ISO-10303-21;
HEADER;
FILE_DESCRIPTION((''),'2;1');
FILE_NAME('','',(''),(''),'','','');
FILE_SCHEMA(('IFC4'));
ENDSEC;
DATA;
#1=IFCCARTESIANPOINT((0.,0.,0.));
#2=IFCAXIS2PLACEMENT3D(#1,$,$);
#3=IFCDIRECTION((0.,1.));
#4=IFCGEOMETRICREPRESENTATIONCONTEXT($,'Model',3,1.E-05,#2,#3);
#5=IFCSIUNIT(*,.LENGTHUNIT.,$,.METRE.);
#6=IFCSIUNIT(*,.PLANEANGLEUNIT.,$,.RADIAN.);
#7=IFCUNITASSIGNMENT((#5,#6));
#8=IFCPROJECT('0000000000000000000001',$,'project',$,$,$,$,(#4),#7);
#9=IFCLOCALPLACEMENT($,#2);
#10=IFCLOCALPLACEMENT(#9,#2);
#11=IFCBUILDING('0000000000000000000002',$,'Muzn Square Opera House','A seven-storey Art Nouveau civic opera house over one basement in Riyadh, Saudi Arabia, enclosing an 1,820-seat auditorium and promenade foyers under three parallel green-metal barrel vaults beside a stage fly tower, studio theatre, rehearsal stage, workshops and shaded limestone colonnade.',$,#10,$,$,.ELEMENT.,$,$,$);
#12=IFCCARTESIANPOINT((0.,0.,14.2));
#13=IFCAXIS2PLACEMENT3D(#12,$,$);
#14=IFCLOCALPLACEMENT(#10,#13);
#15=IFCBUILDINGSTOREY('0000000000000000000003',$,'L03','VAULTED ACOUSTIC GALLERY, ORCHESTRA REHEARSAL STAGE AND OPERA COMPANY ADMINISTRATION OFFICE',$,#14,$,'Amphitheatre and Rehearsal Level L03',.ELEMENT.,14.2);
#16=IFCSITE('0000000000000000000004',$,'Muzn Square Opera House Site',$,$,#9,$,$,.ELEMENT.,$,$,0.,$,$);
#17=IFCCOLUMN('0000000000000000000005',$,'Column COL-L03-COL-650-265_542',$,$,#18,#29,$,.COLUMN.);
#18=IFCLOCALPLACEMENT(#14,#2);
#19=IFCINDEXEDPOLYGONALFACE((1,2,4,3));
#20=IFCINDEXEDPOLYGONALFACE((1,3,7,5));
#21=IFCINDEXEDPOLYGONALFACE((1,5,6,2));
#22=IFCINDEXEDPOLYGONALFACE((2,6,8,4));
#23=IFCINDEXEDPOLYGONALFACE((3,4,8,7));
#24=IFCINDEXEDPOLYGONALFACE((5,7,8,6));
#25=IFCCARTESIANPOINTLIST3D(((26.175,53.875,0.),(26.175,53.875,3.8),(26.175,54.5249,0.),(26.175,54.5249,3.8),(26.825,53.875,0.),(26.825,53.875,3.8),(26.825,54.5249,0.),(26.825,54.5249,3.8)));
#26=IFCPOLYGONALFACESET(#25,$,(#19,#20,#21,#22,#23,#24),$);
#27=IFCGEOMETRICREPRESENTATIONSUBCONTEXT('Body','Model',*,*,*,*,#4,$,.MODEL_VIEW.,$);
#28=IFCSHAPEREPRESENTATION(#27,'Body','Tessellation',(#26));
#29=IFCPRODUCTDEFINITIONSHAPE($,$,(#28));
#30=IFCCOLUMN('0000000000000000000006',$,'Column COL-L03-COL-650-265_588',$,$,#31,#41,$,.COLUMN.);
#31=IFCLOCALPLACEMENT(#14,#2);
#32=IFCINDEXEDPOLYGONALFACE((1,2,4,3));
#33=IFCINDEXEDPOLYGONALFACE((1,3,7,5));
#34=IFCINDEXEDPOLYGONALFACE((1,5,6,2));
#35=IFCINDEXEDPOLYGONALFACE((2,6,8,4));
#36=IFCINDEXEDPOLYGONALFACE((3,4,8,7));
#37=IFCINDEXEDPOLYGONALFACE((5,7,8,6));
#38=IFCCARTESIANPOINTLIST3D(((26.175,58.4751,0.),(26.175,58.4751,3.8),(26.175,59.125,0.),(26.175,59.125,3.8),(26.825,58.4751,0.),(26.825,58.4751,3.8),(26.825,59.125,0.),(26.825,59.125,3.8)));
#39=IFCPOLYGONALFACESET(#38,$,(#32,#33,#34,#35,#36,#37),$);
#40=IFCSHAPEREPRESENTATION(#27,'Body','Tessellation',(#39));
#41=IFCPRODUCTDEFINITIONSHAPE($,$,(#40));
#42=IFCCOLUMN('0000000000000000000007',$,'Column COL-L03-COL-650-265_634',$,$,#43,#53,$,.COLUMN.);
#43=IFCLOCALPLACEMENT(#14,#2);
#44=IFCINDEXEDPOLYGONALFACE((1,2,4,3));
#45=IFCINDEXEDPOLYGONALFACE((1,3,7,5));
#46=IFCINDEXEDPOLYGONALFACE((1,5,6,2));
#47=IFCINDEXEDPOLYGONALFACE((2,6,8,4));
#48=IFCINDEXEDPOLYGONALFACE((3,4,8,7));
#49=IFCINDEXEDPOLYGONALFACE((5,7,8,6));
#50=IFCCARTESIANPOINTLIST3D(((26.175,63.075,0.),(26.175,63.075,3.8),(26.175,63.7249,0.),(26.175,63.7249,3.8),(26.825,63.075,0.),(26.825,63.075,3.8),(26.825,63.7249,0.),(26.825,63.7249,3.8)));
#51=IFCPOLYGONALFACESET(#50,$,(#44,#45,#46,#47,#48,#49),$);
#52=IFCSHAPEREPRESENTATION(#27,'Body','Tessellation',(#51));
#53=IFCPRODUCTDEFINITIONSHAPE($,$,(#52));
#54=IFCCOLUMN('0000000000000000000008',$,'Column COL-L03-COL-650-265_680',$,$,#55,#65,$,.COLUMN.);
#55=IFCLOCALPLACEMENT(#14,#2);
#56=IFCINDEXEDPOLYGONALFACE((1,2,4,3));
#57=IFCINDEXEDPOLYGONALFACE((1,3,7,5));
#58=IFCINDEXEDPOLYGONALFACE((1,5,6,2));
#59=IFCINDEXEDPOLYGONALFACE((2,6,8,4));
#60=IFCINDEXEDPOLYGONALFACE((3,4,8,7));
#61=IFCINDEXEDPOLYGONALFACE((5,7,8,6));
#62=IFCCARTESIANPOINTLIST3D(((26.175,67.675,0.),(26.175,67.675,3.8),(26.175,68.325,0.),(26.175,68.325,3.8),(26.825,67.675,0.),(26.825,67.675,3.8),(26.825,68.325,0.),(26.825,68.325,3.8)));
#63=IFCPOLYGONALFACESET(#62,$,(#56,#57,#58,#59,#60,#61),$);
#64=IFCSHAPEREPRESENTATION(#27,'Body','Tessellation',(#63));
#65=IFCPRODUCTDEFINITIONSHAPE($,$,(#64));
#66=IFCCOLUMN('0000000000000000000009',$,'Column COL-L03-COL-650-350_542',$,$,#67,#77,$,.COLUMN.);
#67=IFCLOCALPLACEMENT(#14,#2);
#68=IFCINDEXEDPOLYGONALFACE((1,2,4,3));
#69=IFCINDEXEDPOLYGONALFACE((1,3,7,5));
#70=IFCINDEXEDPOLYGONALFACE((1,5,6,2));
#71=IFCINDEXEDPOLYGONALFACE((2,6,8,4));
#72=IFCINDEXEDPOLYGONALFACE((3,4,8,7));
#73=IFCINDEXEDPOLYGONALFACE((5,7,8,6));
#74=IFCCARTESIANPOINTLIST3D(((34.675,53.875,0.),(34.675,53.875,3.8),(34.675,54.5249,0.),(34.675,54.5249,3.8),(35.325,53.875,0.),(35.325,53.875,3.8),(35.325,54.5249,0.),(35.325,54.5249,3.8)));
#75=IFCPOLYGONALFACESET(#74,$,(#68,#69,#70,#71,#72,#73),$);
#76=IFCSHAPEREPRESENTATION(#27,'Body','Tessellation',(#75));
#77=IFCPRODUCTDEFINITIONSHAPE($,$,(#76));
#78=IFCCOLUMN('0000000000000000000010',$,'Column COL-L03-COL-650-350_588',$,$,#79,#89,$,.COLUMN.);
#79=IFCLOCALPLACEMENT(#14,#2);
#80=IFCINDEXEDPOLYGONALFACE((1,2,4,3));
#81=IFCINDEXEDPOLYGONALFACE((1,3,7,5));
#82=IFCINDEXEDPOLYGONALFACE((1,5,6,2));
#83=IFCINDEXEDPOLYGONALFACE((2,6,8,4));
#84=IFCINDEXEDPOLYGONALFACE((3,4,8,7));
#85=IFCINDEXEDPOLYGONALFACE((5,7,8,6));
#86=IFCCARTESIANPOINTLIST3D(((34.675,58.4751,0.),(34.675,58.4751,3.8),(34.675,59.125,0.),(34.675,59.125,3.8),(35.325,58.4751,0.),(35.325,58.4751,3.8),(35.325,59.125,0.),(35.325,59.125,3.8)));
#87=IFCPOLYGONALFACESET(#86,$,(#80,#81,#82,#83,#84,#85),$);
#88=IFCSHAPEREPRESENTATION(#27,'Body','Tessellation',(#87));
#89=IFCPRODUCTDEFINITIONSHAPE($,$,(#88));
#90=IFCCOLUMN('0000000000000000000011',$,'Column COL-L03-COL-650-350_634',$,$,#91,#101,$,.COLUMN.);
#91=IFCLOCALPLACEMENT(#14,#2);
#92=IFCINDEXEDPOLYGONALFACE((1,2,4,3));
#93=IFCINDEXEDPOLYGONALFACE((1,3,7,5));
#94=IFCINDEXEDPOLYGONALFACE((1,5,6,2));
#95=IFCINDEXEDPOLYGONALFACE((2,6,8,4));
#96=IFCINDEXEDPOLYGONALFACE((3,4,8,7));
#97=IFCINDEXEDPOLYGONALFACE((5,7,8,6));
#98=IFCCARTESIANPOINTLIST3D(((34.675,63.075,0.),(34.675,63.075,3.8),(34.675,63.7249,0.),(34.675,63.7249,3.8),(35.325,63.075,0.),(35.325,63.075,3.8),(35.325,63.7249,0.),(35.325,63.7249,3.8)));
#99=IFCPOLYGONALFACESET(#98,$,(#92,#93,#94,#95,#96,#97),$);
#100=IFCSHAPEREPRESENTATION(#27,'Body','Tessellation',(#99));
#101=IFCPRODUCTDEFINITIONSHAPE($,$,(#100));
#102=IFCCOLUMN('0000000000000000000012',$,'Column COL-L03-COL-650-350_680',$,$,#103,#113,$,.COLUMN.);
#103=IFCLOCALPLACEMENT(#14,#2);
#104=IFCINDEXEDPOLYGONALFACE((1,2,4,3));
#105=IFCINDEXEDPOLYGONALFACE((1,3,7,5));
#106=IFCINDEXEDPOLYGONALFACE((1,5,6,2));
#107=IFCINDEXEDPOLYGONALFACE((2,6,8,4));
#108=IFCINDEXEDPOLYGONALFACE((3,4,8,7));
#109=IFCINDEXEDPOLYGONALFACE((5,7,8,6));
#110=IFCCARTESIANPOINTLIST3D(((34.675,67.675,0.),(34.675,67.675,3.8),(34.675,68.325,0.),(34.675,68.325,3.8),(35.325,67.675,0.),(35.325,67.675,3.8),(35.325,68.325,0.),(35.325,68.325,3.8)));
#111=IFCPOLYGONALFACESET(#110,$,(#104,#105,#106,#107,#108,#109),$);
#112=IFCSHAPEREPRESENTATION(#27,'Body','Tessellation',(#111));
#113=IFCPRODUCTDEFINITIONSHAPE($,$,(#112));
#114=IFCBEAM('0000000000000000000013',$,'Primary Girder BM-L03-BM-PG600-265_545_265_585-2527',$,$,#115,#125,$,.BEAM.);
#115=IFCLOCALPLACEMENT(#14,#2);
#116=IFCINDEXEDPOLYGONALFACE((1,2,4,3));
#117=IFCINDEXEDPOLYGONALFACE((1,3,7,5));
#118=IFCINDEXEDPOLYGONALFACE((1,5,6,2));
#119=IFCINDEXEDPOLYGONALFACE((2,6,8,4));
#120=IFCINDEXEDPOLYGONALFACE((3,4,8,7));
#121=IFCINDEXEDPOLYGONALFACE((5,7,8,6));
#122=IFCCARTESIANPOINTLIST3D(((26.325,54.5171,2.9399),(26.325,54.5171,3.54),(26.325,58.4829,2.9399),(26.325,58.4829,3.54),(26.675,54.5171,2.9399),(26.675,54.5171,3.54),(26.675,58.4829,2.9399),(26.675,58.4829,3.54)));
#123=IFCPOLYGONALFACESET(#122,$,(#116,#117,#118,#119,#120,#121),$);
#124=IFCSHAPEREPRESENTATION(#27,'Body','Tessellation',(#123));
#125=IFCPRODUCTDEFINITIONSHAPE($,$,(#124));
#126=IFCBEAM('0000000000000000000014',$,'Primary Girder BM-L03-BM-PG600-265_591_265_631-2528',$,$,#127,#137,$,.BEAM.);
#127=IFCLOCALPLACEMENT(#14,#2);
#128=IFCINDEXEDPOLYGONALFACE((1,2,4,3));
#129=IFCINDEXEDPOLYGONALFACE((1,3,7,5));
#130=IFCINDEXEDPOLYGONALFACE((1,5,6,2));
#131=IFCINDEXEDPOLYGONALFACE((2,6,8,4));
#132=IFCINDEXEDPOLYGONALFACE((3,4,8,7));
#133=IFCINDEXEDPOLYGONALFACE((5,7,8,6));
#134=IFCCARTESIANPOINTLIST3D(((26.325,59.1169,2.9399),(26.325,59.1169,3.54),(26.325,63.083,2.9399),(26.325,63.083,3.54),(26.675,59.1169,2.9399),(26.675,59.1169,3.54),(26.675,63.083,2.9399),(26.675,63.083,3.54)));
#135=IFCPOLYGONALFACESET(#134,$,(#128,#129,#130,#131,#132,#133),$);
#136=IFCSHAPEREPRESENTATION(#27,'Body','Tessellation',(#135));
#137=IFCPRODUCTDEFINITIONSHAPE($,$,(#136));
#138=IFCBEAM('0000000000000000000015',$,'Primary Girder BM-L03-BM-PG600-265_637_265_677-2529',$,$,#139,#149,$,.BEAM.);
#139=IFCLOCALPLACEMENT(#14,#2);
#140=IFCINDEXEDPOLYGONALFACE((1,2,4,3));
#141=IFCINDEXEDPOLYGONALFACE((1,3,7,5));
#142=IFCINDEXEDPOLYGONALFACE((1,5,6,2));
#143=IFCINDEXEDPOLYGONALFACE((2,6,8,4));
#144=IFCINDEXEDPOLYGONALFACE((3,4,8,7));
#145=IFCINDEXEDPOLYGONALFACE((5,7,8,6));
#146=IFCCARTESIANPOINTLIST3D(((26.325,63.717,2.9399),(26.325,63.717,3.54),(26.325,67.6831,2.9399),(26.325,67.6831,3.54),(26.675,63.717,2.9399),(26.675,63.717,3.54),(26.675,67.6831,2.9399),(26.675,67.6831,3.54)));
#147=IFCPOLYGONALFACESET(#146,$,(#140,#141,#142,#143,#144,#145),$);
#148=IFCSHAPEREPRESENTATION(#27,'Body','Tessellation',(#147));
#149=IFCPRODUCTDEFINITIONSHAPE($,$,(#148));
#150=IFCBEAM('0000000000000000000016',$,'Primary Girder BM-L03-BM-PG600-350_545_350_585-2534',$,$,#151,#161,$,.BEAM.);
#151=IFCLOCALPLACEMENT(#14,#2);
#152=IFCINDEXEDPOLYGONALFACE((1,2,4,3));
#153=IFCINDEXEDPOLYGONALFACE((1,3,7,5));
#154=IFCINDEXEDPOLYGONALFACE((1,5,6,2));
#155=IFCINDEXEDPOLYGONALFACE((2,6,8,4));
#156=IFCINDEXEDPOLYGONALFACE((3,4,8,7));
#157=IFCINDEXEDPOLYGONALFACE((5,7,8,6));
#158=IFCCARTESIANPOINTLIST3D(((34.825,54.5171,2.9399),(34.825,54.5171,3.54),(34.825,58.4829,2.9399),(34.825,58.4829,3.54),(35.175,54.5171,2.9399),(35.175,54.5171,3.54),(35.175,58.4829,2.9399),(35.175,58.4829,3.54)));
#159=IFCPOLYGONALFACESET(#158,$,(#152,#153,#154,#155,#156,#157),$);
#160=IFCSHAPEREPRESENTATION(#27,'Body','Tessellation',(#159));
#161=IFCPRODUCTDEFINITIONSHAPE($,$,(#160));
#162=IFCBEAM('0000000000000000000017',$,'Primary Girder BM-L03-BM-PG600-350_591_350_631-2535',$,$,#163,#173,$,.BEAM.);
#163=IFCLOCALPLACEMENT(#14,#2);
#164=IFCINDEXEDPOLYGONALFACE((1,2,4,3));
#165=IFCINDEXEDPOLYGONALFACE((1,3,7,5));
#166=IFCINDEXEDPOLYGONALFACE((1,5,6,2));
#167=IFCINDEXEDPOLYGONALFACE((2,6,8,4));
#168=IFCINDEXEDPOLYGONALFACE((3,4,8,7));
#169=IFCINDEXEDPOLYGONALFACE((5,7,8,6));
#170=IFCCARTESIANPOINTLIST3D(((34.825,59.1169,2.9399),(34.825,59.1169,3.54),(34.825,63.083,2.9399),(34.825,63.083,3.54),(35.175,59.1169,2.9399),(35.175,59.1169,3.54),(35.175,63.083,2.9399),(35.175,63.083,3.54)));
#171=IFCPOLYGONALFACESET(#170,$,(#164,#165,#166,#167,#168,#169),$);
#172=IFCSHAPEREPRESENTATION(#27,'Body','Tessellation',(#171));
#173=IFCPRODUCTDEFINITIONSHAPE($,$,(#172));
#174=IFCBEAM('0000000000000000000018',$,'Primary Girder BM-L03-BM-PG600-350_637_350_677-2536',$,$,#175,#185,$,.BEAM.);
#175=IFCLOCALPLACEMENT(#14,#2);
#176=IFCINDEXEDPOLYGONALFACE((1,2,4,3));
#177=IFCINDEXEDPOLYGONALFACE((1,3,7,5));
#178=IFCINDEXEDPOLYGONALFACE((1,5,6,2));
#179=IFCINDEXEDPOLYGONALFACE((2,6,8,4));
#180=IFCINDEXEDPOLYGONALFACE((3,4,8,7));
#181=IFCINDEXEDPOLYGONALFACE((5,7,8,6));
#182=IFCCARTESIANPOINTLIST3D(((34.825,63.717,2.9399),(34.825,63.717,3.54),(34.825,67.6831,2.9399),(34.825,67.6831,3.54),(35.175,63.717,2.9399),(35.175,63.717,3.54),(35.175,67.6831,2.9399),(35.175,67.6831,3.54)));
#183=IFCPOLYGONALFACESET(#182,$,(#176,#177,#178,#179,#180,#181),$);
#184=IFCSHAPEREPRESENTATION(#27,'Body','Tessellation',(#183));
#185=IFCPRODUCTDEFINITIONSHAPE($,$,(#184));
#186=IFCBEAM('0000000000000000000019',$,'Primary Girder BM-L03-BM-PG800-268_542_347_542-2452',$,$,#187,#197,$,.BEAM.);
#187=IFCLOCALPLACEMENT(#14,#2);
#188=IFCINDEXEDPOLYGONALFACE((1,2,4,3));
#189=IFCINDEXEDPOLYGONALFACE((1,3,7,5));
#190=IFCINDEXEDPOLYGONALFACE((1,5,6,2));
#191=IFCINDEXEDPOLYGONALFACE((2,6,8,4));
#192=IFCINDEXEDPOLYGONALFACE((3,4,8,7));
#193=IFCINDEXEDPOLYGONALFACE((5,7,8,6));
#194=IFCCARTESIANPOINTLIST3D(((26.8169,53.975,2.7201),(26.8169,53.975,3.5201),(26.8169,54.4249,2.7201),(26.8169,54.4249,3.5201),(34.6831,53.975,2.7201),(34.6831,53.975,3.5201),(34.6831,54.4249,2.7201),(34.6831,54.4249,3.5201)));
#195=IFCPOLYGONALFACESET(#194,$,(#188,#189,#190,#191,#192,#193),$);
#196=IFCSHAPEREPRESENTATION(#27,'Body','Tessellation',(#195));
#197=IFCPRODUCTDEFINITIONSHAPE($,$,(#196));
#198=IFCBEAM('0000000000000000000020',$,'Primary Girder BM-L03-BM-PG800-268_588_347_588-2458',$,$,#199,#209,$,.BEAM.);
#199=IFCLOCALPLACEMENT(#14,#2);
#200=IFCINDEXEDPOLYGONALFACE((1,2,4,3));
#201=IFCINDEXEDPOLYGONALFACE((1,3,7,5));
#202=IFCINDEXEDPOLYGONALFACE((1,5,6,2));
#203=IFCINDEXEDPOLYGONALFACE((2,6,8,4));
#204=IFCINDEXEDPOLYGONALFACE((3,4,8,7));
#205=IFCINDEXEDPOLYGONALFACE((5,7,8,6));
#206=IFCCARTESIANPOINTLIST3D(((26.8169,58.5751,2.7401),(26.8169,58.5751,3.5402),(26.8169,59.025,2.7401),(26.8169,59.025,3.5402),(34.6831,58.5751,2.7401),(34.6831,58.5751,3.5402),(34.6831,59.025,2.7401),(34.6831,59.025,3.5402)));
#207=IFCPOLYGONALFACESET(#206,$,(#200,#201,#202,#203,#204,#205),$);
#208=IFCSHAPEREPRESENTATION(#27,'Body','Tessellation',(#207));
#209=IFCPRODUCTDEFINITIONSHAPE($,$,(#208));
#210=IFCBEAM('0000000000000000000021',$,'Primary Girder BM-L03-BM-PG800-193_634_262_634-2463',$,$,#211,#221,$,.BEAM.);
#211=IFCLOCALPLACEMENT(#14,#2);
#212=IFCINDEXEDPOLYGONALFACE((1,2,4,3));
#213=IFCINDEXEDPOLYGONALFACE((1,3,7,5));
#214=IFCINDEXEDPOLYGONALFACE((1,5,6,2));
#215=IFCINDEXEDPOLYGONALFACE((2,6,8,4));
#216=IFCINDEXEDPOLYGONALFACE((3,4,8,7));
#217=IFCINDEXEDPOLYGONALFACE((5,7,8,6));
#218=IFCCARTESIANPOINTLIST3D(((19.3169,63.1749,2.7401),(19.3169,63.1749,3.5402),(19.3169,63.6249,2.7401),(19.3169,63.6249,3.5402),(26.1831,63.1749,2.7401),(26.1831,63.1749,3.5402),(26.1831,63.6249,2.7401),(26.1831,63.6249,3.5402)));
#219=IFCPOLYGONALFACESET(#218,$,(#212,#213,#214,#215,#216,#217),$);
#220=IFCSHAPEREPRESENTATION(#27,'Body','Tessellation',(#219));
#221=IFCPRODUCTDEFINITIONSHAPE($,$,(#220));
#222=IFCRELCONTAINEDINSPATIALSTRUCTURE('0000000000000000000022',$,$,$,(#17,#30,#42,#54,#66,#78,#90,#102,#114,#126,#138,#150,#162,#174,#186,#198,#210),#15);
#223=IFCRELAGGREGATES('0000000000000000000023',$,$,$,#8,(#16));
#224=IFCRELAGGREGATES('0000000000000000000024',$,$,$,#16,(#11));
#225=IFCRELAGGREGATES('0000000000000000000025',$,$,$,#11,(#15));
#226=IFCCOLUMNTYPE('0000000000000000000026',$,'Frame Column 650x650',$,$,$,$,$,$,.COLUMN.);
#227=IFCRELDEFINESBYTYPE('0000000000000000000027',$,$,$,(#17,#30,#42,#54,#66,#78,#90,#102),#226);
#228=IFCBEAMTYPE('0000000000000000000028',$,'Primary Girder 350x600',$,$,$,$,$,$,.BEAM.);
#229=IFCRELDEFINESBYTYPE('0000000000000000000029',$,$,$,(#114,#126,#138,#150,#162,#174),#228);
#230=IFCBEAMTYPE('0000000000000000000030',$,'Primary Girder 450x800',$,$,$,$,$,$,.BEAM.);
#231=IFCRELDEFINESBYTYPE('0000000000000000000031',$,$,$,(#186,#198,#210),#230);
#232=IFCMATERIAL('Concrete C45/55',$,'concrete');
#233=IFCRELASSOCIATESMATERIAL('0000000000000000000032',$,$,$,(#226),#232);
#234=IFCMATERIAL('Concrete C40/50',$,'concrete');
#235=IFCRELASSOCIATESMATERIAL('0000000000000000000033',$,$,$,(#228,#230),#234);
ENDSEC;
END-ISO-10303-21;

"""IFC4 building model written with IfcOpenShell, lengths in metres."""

from ifc_helpers import new_model, si_unit, direction, frame, origin, origin_2d, place, context, subcontext, project, spatial, rectangle, extrude, material, material_profile, profile_set, type_object, element, save


model = new_model("IFC4")

# Units and contexts
model_context = context("Model", 3, precision=1e-05, world=origin(), true_north=direction((0.0, 1.0)))
body_context = subcontext(model_context, "Body", "Model", "MODEL_VIEW")
ifc_project = project(units=[si_unit("LENGTHUNIT", "METRE"), si_unit("PLANEANGLEUNIT", "RADIAN")], contexts=[model_context])

# Site, building, storey
site_placement = place(None, origin())
site = spatial("IfcSite", under=ifc_project, at=site_placement, Name="Muzn Square Opera House Site", CompositionType="ELEMENT", RefElevation=0.0)
building_placement = place(site_placement, origin())
building = spatial("IfcBuilding", under=site, at=building_placement, Name="Muzn Square Opera House", Description="A seven-storey Art Nouveau civic opera house over one basement in Riyadh, Saudi Arabia, enclosing an 1,820-seat auditorium and promenade foyers under three parallel green-metal barrel vaults beside a stage fly tower, studio theatre, rehearsal stage, workshops and shaded limestone colonnade.", CompositionType="ELEMENT")
storey_placement = place(building_placement, frame((0.0, 0.0, 14.2)))
storey = spatial("IfcBuildingStorey", under=building, at=storey_placement, Name="L03", Description="VAULTED ACOUSTIC GALLERY, ORCHESTRA REHEARSAL STAGE AND OPERA COMPANY ADMINISTRATION OFFICE", LongName="Amphitheatre and Rehearsal Level L03", CompositionType="ELEMENT", Elevation=14.2)

# Columns
ifc_material_1 = material(Name="Concrete C45/55", Category="concrete")
ifc_material_profile_1 = material_profile(ifc_material_1, rectangle(XDim=0.6499, YDim=0.6499, at=origin_2d()), Name="RC 650x650", Category="concrete")
ifc_profile_set_1 = profile_set([ifc_material_profile_1], Name="Concrete C45/55")
column_type = type_object("IfcColumnType", Name="Frame Column 650x650", PredefinedType="COLUMN", material=ifc_profile_set_1)
for number, where, z_axis, x_axis, name in (
    (1, (26.5, 54.2, 0.0), (0.0, 0.0, 1.0), (1.0, 0.0, 0.0), "Column COL-L03-COL-650-265_542"),
    (2, (26.5, 58.8, 0.0), (0.0, 0.0, 1.0), (1.0, 0.0, 0.0), "Column COL-L03-COL-650-265_588"),
    (3, (26.5, 63.3999, 0.0), (0.0, 0.0, 1.0), (1.0, 0.0, 0.0), "Column COL-L03-COL-650-265_634"),
    (4, (26.5, 68.0, 0.0), (0.0, 0.0, 1.0), (1.0, 0.0, 0.0), "Column COL-L03-COL-650-265_680"),
    (5, (35.0, 54.2, 0.0), (0.0, 0.0, 1.0), (1.0, 0.0, 0.0), "Column COL-L03-COL-650-350_542"),
    (6, (35.0, 58.8, 0.0), (0.0, 0.0, 1.0), (1.0, 0.0, 0.0), "Column COL-L03-COL-650-350_588"),
    (7, (35.0, 63.3999, 0.0), (0.0, 0.0, 1.0), (1.0, 0.0, 0.0), "Column COL-L03-COL-650-350_634"),
    (8, (35.0, 68.0, 0.0), (0.0, 0.0, 1.0), (1.0, 0.0, 0.0), "Column COL-L03-COL-650-350_680"),
):
    element("IfcColumn", number, at=place(storey_placement, frame(where, z_axis=z_axis, x_axis=x_axis)), inside=storey, type_object=column_type, Name=name, PredefinedType="COLUMN", context=body_context, shape_type="SweptSolid", body=[
        extrude(rectangle(XDim=0.6499, YDim=0.6499, at=origin_2d()), origin(), (0.0, 0.0, 1.0), 3.8),
    ])

# Beams
ifc_material_2 = material(Name="Concrete C40/50", Category="concrete")
ifc_material_profile_2 = material_profile(ifc_material_2, rectangle(XDim=0.3501, YDim=0.6001, at=origin_2d()), Name="RCB 350x600", Category="concrete")
ifc_profile_set_2 = profile_set([ifc_material_profile_2], Name="Concrete C40/50")
beam_type_1 = type_object("IfcBeamType", Name="Primary Girder 350x600", PredefinedType="BEAM", material=ifc_profile_set_2)
beam_1_placement = place(storey_placement, frame((26.5, 54.5171, 3.24), z_axis=(0.0, 1.0, 0.0), x_axis=(-1.0, 0.0, 0.0)))
element("IfcBeam", 9, at=beam_1_placement, inside=storey, type_object=beam_type_1, Name="Primary Girder BM-L03-BM-PG600-265_545_265_585-2527", PredefinedType="BEAM", context=body_context, shape_type="SweptSolid", body=[
    extrude(rectangle(XDim=0.3501, YDim=0.6001, at=origin_2d()), origin(), (0.0, 0.0, 1.0), 3.9658),
])
for number, where, z_axis, x_axis, name in (
    (10, (26.5, 59.1169, 3.24), (0.0, 1.0, 0.0), (-1.0, 0.0, 0.0), "Primary Girder BM-L03-BM-PG600-265_591_265_631-2528"),
    (11, (26.5, 63.717, 3.24), (0.0, 1.0, 0.0), (-1.0, 0.0, 0.0), "Primary Girder BM-L03-BM-PG600-265_637_265_677-2529"),
):
    element("IfcBeam", number, at=place(storey_placement, frame(where, z_axis=z_axis, x_axis=x_axis)), inside=storey, type_object=beam_type_1, Name=name, PredefinedType="BEAM", context=body_context, shape_type="SweptSolid", body=[
        extrude(rectangle(XDim=0.3501, YDim=0.6001, at=origin_2d()), origin(), (0.0, 0.0, 1.0), 3.9661),
    ])
beam_2_placement = place(storey_placement, frame((35.0, 54.5171, 3.24), z_axis=(0.0, 1.0, 0.0), x_axis=(-1.0, 0.0, 0.0)))
element("IfcBeam", 12, at=beam_2_placement, inside=storey, type_object=beam_type_1, Name="Primary Girder BM-L03-BM-PG600-350_545_350_585-2534", PredefinedType="BEAM", context=body_context, shape_type="SweptSolid", body=[
    extrude(rectangle(XDim=0.3501, YDim=0.6001, at=origin_2d()), origin(), (0.0, 0.0, 1.0), 3.9658),
])
for number, where, z_axis, x_axis, name in (
    (13, (35.0, 59.1169, 3.24), (0.0, 1.0, 0.0), (-1.0, 0.0, 0.0), "Primary Girder BM-L03-BM-PG600-350_591_350_631-2535"),
    (14, (35.0, 63.717, 3.24), (0.0, 1.0, 0.0), (-1.0, 0.0, 0.0), "Primary Girder BM-L03-BM-PG600-350_637_350_677-2536"),
):
    element("IfcBeam", number, at=place(storey_placement, frame(where, z_axis=z_axis, x_axis=x_axis)), inside=storey, type_object=beam_type_1, Name=name, PredefinedType="BEAM", context=body_context, shape_type="SweptSolid", body=[
        extrude(rectangle(XDim=0.3501, YDim=0.6001, at=origin_2d()), origin(), (0.0, 0.0, 1.0), 3.9661),
    ])
ifc_material_profile_3 = material_profile(ifc_material_2, rectangle(XDim=0.45, YDim=0.8, at=origin_2d()), Name="RCB 450x800", Category="concrete")
ifc_profile_set_3 = profile_set([ifc_material_profile_3], Name="Concrete C40/50")
beam_type_2 = type_object("IfcBeamType", Name="Primary Girder 450x800", PredefinedType="BEAM", material=ifc_profile_set_3)
for number, where, z_axis, x_axis, name in (
    (15, (26.8169, 54.2, 3.1201), (1.0, 0.0, 0.0), (0.0, 1.0, 0.0), "Primary Girder BM-L03-BM-PG800-268_542_347_542-2452"),
    (16, (26.8169, 58.8, 3.1401), (1.0, 0.0, 0.0), (0.0, 1.0, 0.0), "Primary Girder BM-L03-BM-PG800-268_588_347_588-2458"),
):
    element("IfcBeam", number, at=place(storey_placement, frame(where, z_axis=z_axis, x_axis=x_axis)), inside=storey, type_object=beam_type_2, Name=name, PredefinedType="BEAM", context=body_context, shape_type="SweptSolid", body=[
        extrude(rectangle(XDim=0.45, YDim=0.8, at=origin_2d()), origin(), (0.0, 0.0, 1.0), 7.8662),
    ])
beam_3_placement = place(storey_placement, frame((19.3169, 63.3999, 3.1401), z_axis=(1.0, 0.0, 0.0), x_axis=(0.0, 1.0, 0.0)))
element("IfcBeam", 17, at=beam_3_placement, inside=storey, type_object=beam_type_2, Name="Primary Girder BM-L03-BM-PG800-193_634_262_634-2463", PredefinedType="BEAM", context=body_context, shape_type="SweptSolid", body=[
    extrude(rectangle(XDim=0.45, YDim=0.8, at=origin_2d()), origin(), (0.0, 0.0, 1.0), 6.8662),
])

save(model, "model.ifc")
